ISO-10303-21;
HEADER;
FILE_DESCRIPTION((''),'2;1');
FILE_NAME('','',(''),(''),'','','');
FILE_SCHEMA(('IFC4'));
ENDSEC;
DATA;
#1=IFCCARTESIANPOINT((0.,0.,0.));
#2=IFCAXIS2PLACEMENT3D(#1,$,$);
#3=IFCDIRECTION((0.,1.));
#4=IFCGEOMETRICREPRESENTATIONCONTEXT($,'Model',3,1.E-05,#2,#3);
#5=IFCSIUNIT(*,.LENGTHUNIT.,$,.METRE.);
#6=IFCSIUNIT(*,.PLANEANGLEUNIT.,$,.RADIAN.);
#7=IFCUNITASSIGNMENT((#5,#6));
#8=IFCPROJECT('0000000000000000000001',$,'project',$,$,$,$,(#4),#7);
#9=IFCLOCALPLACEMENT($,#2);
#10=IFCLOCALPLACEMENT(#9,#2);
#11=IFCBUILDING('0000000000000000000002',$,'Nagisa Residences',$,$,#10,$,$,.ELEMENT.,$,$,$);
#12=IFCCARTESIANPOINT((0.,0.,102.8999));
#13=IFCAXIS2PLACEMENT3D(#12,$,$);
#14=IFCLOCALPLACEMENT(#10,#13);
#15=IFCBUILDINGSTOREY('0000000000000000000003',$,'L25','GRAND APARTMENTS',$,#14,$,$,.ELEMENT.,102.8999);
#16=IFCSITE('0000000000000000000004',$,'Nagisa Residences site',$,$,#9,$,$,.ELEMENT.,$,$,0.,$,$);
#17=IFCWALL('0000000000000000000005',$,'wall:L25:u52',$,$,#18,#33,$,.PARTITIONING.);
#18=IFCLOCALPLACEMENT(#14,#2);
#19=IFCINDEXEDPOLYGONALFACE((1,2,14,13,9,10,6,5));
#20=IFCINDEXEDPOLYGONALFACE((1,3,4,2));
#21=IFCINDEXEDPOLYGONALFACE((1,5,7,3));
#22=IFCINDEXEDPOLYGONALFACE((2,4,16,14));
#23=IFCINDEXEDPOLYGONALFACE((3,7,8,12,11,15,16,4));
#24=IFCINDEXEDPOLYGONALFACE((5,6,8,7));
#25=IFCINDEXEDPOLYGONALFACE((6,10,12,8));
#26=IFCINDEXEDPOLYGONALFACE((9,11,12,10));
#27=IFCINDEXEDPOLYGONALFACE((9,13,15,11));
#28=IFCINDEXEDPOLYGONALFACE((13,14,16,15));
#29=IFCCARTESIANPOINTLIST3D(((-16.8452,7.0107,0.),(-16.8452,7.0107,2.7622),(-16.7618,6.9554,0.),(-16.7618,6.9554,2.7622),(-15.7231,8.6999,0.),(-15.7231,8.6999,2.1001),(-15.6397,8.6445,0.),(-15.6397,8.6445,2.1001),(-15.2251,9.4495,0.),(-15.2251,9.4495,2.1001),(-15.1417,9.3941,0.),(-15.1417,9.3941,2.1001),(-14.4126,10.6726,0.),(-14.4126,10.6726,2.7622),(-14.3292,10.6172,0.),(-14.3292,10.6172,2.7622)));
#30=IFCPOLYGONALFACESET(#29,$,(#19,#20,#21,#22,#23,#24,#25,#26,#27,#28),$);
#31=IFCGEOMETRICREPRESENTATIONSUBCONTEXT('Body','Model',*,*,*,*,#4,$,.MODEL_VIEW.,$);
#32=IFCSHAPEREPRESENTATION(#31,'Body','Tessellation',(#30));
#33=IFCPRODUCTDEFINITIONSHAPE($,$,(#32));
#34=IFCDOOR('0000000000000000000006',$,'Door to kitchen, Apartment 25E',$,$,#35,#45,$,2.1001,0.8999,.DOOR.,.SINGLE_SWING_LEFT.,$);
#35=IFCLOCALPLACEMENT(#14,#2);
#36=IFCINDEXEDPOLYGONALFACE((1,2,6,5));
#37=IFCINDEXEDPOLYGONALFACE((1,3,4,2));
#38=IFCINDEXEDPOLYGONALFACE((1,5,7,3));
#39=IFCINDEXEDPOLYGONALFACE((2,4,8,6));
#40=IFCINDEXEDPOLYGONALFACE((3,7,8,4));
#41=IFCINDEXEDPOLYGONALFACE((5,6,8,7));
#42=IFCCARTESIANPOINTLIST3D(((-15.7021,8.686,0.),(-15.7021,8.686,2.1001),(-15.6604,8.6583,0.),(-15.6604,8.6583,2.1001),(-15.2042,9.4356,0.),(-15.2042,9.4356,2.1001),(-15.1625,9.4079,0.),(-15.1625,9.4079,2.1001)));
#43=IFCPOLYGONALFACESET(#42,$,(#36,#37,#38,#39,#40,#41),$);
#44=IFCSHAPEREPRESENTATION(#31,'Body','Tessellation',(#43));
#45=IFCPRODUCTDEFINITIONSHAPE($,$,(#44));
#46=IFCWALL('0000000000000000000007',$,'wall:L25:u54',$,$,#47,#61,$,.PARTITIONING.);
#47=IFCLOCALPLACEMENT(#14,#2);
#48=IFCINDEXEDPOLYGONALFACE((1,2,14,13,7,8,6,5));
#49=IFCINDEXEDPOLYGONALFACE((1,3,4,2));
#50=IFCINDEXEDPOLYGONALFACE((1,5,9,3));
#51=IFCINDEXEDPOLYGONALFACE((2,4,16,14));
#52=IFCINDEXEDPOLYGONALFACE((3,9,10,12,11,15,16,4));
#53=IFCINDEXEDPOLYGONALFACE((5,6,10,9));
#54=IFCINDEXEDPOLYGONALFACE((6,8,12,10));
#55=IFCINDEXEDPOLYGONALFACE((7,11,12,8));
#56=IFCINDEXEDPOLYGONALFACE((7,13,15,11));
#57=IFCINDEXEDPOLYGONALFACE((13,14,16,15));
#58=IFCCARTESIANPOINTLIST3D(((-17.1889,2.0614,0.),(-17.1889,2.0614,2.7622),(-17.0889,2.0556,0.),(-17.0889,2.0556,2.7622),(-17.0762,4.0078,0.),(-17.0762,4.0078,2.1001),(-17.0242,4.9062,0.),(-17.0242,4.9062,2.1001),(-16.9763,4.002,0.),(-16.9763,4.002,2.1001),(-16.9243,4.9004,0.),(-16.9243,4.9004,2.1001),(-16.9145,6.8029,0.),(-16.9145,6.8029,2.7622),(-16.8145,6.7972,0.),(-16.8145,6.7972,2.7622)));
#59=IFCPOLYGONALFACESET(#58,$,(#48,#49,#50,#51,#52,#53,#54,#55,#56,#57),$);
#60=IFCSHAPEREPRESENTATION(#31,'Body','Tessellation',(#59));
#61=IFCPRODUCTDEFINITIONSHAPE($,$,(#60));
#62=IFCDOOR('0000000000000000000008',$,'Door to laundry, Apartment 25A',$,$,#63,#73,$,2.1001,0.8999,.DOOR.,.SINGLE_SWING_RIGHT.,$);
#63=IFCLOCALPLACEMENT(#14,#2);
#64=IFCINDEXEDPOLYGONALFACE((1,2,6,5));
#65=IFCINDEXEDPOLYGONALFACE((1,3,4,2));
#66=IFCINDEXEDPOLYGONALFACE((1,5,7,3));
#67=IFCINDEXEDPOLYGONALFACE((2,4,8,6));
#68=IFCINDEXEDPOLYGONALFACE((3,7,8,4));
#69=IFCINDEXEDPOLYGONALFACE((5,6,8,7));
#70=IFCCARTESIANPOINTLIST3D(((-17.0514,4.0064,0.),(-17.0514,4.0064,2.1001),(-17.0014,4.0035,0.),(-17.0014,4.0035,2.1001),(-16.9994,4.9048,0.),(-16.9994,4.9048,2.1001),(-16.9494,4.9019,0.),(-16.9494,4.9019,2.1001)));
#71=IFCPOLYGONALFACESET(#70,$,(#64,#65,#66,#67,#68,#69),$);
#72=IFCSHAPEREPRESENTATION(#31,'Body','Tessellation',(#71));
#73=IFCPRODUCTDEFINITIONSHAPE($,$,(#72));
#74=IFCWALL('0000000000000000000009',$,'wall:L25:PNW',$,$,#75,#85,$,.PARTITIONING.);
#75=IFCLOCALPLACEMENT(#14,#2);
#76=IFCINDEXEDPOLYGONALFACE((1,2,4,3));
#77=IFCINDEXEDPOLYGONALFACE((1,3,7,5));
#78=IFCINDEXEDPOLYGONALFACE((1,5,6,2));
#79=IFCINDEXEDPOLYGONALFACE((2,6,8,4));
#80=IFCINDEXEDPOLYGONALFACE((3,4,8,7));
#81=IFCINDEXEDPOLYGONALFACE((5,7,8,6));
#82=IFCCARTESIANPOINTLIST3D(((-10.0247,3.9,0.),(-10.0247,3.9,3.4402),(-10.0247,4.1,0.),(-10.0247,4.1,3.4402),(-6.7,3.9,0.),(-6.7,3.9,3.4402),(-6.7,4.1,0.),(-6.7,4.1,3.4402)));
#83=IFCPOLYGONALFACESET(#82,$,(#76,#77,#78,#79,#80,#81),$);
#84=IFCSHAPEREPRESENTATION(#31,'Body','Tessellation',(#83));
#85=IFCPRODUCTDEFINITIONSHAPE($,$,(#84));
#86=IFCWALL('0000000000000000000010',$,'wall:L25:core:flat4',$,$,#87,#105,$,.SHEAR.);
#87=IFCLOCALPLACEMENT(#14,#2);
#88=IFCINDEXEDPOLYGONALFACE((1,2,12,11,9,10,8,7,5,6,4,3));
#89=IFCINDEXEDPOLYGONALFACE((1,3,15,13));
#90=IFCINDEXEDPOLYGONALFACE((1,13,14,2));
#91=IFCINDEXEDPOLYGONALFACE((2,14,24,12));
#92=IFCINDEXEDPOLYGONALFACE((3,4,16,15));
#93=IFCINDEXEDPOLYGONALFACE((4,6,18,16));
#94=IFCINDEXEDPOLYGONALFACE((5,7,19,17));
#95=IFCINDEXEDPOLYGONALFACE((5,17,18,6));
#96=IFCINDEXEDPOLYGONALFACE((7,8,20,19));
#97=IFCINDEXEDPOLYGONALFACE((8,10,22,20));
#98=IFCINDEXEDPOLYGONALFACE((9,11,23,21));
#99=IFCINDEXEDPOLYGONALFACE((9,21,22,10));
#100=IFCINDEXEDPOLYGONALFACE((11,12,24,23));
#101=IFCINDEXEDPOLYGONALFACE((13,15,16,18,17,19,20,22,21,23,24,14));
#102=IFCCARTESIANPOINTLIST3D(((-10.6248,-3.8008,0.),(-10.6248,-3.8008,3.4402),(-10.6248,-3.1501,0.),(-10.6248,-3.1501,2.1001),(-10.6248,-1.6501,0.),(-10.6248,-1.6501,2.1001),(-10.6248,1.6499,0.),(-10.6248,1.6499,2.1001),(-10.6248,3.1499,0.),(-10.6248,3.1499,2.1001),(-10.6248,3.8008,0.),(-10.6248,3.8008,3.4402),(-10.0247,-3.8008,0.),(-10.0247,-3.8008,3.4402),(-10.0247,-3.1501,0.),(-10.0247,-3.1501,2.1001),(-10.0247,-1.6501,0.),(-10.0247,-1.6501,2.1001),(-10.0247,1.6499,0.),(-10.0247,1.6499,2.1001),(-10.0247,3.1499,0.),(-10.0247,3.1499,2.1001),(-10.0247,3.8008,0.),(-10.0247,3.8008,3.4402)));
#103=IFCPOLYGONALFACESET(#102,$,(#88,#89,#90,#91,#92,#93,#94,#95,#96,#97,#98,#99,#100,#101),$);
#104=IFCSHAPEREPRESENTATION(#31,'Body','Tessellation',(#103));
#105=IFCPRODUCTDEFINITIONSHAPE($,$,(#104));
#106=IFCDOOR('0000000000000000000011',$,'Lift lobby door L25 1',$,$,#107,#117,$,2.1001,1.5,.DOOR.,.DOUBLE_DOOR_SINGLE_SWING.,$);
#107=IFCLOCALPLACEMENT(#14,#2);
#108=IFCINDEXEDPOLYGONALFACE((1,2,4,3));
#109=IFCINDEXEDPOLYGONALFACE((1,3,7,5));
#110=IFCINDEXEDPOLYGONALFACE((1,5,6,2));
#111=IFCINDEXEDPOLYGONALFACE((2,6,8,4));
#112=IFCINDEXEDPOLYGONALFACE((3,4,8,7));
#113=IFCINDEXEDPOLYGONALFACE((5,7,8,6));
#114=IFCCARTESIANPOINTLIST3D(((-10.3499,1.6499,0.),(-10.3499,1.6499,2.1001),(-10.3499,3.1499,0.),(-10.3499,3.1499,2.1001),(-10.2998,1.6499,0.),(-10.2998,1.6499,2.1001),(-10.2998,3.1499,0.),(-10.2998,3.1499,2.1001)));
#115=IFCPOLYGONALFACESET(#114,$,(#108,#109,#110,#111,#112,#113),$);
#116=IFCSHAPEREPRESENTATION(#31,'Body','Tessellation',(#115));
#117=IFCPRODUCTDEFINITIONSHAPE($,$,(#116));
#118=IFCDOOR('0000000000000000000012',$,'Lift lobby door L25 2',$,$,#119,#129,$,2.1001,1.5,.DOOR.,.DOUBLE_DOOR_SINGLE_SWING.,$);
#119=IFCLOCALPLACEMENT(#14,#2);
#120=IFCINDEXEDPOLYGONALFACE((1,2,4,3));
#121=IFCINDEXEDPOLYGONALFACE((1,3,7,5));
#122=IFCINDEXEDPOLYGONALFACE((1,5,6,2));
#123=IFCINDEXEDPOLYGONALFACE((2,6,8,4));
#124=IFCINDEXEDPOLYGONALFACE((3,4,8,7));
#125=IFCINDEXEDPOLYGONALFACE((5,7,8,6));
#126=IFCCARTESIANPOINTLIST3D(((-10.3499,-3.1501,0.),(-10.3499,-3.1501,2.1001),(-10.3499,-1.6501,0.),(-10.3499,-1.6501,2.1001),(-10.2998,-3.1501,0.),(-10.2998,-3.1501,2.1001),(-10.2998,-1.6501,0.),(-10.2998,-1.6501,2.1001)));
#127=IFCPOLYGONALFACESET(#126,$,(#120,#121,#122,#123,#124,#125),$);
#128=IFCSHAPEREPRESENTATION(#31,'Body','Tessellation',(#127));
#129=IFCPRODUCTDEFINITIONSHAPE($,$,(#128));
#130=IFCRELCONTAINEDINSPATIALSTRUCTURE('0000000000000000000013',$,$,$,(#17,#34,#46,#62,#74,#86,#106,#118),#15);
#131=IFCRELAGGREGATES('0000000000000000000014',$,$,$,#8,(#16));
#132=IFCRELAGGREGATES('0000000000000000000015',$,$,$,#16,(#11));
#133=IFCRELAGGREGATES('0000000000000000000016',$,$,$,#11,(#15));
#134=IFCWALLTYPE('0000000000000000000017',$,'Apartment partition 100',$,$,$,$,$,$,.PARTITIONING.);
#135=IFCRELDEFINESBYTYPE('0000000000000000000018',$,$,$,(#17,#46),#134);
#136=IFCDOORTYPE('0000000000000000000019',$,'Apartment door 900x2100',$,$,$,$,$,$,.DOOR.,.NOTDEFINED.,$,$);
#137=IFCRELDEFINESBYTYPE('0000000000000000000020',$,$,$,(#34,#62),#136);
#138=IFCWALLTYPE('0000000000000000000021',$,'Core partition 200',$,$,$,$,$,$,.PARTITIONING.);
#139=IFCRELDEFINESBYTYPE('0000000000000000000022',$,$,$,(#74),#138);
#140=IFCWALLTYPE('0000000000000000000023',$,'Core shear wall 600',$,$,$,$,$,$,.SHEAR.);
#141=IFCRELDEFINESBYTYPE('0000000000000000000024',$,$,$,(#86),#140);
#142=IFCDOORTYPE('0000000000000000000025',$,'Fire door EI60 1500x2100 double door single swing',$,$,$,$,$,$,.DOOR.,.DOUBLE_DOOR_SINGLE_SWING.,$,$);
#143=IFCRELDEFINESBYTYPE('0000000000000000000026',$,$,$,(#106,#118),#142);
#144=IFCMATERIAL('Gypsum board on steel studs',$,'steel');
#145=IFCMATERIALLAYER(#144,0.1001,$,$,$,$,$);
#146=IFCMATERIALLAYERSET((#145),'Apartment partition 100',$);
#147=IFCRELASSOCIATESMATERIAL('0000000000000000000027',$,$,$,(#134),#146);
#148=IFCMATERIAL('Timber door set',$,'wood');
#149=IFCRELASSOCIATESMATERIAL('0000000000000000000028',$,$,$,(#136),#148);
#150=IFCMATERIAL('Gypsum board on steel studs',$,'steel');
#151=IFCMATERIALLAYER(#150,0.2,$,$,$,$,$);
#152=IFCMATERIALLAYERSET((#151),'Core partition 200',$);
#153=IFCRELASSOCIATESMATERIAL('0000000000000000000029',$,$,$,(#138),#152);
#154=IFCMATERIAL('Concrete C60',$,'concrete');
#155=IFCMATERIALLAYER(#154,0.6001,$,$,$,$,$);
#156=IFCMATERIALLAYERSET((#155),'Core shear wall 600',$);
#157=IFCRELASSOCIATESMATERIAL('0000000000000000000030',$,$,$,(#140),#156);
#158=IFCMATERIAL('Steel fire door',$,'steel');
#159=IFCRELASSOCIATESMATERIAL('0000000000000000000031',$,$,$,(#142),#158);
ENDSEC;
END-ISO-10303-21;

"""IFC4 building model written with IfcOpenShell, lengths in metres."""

from ifc_helpers import new_model, si_unit, direction, frame, frame_2d, origin, place, context, subcontext, project, spatial, rectangle, extrude, material, layer, layer_set, type_object, element, fill, save


model = new_model("IFC4")

# Units and contexts
model_context = context("Model", 3, precision=1e-05, world=origin(), true_north=direction((0.0, 1.0)))
body_context = subcontext(model_context, "Body", "Model", "MODEL_VIEW")
ifc_project = project(units=[si_unit("LENGTHUNIT", "METRE"), si_unit("PLANEANGLEUNIT", "RADIAN")], contexts=[model_context])

# Site, building, storey
site_placement = place(None, origin())
site = spatial("IfcSite", under=ifc_project, at=site_placement, Name="Nagisa Residences site", CompositionType="ELEMENT", RefElevation=0.0)
building_placement = place(site_placement, origin())
building = spatial("IfcBuilding", under=site, at=building_placement, Name="Nagisa Residences", CompositionType="ELEMENT")
storey_placement = place(building_placement, frame((0.0, 0.0, 102.8999)))
storey = spatial("IfcBuildingStorey", under=building, at=storey_placement, Name="L25", Description="GRAND APARTMENTS", CompositionType="ELEMENT", Elevation=102.8999)

# Shared definitions
ifc_material_1 = material(Name="Gypsum board on steel studs", Category="steel")
ifc_layer_1 = layer(ifc_material_1, 0.1001)
ifc_layer_set_1 = layer_set([ifc_layer_1], Name="Apartment partition 100")
wall_type_1 = type_object("IfcWallType", Name="Apartment partition 100", PredefinedType="PARTITIONING", material=ifc_layer_set_1)
ifc_material_2 = material(Name="Timber door set", Category="wood")
door_type_1 = type_object("IfcDoorType", Name="Apartment door 900x2100", OperationType="NOTDEFINED", PredefinedType="DOOR", material=ifc_material_2)

# Walls, openings, doors
wall_1_placement = place(storey_placement, frame((-14.3708, 10.645, 0.0), z_axis=(0.0, 0.0, 1.0), x_axis=(-0.553341, -0.832955, 0.0)))
wall_1 = element("IfcWall", 1, at=wall_1_placement, inside=storey, type_object=wall_type_1, Name="wall:L25:u52", PredefinedType="PARTITIONING", context=body_context, shape_type="SweptSolid", body=[
    extrude(rectangle(XDim=4.3962, YDim=0.1001, at=frame_2d((2.1982, 0.0))), origin(), (0.0, 0.0, 1.0), 2.7622),
])
opening_1_placement = place(wall_1_placement, frame((1.4685, 0.0, 0.0)))
opening_1 = element("IfcOpeningElement", 2, at=opening_1_placement, cuts=wall_1, PredefinedType="OPENING", context=body_context, shape_type="SweptSolid", body=[
    extrude(rectangle(XDim=0.8999, YDim=2.1001, at=frame_2d((0.45, 1.05))), frame((0.0, 0.0601, 0.0), z_axis=(0.0, -1.0, 0.0), x_axis=(1.0, 0.0, 0.0)), (0.0, 0.0, 1.0), 0.1201),
])
door_1_placement = place(opening_1_placement, frame((0.8999, 0.0, 0.0), x_axis=(-1.0, 0.0, 0.0)))
door_1 = element("IfcDoor", 3, at=door_1_placement, inside=storey, type_object=door_type_1, Name="Door to kitchen, Apartment 25E", OperationType="SINGLE_SWING_LEFT", OverallHeight=2.1001, OverallWidth=0.8999, PredefinedType="DOOR", context=body_context, shape_type="SweptSolid", body=[
    extrude(rectangle(XDim=0.8999, YDim=2.1001, at=frame_2d((0.45, 1.05))), frame((0.0, 0.0249, 0.0), z_axis=(0.0, -1.0, 0.0), x_axis=(1.0, 0.0, 0.0)), (0.0, 0.0, 1.0), 0.05),
])
fill(opening_1, door_1)
wall_2_placement = place(storey_placement, frame((-16.8645, 6.8, 0.0), z_axis=(0.0, 0.0, 1.0), x_axis=(-0.057776, -0.99833, 0.0)))
wall_2 = element("IfcWall", 4, at=wall_2_placement, inside=storey, type_object=wall_type_1, Name="wall:L25:u54", PredefinedType="PARTITIONING", context=body_context, shape_type="SweptSolid", body=[
    extrude(rectangle(XDim=4.7495, YDim=0.1001, at=frame_2d((2.3748, 0.0))), origin(), (0.0, 0.0, 1.0), 2.7622),
])
opening_2_placement = place(wall_2_placement, frame((1.8999, 0.0, 0.0)))
opening_2 = element("IfcOpeningElement", 5, at=opening_2_placement, cuts=wall_2, PredefinedType="OPENING", context=body_context, shape_type="SweptSolid", body=[
    extrude(rectangle(XDim=0.8999, YDim=2.1001, at=frame_2d((0.45, 1.05))), frame((0.0, 0.0601, 0.0), z_axis=(0.0, -1.0, 0.0), x_axis=(1.0, 0.0, 0.0)), (0.0, 0.0, 1.0), 0.1201),
])
door_2_placement = place(opening_2_placement, origin())
door_2 = element("IfcDoor", 6, at=door_2_placement, inside=storey, type_object=door_type_1, Name="Door to laundry, Apartment 25A", OperationType="SINGLE_SWING_RIGHT", OverallHeight=2.1001, OverallWidth=0.8999, PredefinedType="DOOR", context=body_context, shape_type="SweptSolid", body=[
    extrude(rectangle(XDim=0.8999, YDim=2.1001, at=frame_2d((0.45, 1.05))), frame((0.0, 0.0249, 0.0), z_axis=(0.0, -1.0, 0.0), x_axis=(1.0, 0.0, 0.0)), (0.0, 0.0, 1.0), 0.05),
])
fill(opening_2, door_2)

# Wall
ifc_material_3 = material(Name="Gypsum board on steel studs", Category="steel")
ifc_layer_2 = layer(ifc_material_3, 0.2)
ifc_layer_set_2 = layer_set([ifc_layer_2], Name="Core partition 200")
wall_type_2 = type_object("IfcWallType", Name="Core partition 200", PredefinedType="PARTITIONING", material=ifc_layer_set_2)
wall_3_placement = place(storey_placement, frame((-10.0247, 4.0, 0.0), z_axis=(0.0, 0.0, 1.0), x_axis=(1.0, 0.0, 0.0)))
element("IfcWall", 7, at=wall_3_placement, inside=storey, type_object=wall_type_2, Name="wall:L25:PNW", PredefinedType="PARTITIONING", context=body_context, shape_type="SweptSolid", body=[
    extrude(rectangle(XDim=3.3247, YDim=0.2, at=frame_2d((1.6624, 0.0))), origin(), (0.0, 0.0, 1.0), 3.4402),
])

# Wall, openings, doors
ifc_material_4 = material(Name="Concrete C60", Category="concrete")
ifc_layer_3 = layer(ifc_material_4, 0.6001)
ifc_layer_set_3 = layer_set([ifc_layer_3], Name="Core shear wall 600")
wall_type_3 = type_object("IfcWallType", Name="Core shear wall 600", PredefinedType="SHEAR", material=ifc_layer_set_3)
wall_4_placement = place(storey_placement, frame((-10.3247, 3.8008, 0.0), z_axis=(0.0, 0.0, 1.0), x_axis=(0.0, -1.0, 0.0)))
wall_4 = element("IfcWall", 8, at=wall_4_placement, inside=storey, type_object=wall_type_3, Name="wall:L25:core:flat4", PredefinedType="SHEAR", context=body_context, shape_type="SweptSolid", body=[
    extrude(rectangle(XDim=7.6016, YDim=0.6001, at=frame_2d((3.8008, 0.0))), origin(), (0.0, 0.0, 1.0), 3.4402),
])
opening_3_placement = place(wall_4_placement, frame((0.6509, 0.0, 0.0)))
opening_3 = element("IfcOpeningElement", 9, at=opening_3_placement, cuts=wall_4, PredefinedType="OPENING", context=body_context, shape_type="SweptSolid", body=[
    extrude(rectangle(XDim=1.5, YDim=2.1001, at=frame_2d((0.75, 1.05))), frame((0.0, 0.3101, 0.0), z_axis=(0.0, -1.0, 0.0), x_axis=(1.0, 0.0, 0.0)), (0.0, 0.0, 1.0), 0.6201),
])
opening_4_placement = place(wall_4_placement, frame((5.4509, 0.0, 0.0)))
opening_4 = element("IfcOpeningElement", 10, at=opening_4_placement, cuts=wall_4, PredefinedType="OPENING", context=body_context, shape_type="SweptSolid", body=[
    extrude(rectangle(XDim=1.5, YDim=2.1001, at=frame_2d((0.75, 1.05))), frame((0.0, 0.3101, 0.0), z_axis=(0.0, -1.0, 0.0), x_axis=(1.0, 0.0, 0.0)), (0.0, 0.0, 1.0), 0.6201),
])
ifc_material_5 = material(Name="Steel fire door", Category="steel")
door_type_2 = type_object("IfcDoorType", Name="Fire door EI60 1500x2100 double door single swing", OperationType="DOUBLE_DOOR_SINGLE_SWING", PredefinedType="DOOR", material=ifc_material_5)
door_3_placement = place(opening_3_placement, origin())
door_3 = element("IfcDoor", 11, at=door_3_placement, inside=storey, type_object=door_type_2, Name="Lift lobby door L25 1", OperationType="DOUBLE_DOOR_SINGLE_SWING", OverallHeight=2.1001, OverallWidth=1.5, PredefinedType="DOOR", context=body_context, shape_type="SweptSolid", body=[
    extrude(rectangle(XDim=1.5, YDim=2.1001, at=frame_2d((0.75, 1.05))), frame((0.0, 0.0249, 0.0), z_axis=(0.0, -1.0, 0.0), x_axis=(1.0, 0.0, 0.0)), (0.0, 0.0, 1.0), 0.05),
])
fill(opening_3, door_3)
door_4_placement = place(opening_4_placement, origin())
door_4 = element("IfcDoor", 12, at=door_4_placement, inside=storey, type_object=door_type_2, Name="Lift lobby door L25 2", OperationType="DOUBLE_DOOR_SINGLE_SWING", OverallHeight=2.1001, OverallWidth=1.5, PredefinedType="DOOR", context=body_context, shape_type="SweptSolid", body=[
    extrude(rectangle(XDim=1.5, YDim=2.1001, at=frame_2d((0.75, 1.05))), frame((0.0, 0.0249, 0.0), z_axis=(0.0, -1.0, 0.0), x_axis=(1.0, 0.0, 0.0)), (0.0, 0.0, 1.0), 0.05),
])
fill(opening_4, door_4)

save(model, "model.ifc")
